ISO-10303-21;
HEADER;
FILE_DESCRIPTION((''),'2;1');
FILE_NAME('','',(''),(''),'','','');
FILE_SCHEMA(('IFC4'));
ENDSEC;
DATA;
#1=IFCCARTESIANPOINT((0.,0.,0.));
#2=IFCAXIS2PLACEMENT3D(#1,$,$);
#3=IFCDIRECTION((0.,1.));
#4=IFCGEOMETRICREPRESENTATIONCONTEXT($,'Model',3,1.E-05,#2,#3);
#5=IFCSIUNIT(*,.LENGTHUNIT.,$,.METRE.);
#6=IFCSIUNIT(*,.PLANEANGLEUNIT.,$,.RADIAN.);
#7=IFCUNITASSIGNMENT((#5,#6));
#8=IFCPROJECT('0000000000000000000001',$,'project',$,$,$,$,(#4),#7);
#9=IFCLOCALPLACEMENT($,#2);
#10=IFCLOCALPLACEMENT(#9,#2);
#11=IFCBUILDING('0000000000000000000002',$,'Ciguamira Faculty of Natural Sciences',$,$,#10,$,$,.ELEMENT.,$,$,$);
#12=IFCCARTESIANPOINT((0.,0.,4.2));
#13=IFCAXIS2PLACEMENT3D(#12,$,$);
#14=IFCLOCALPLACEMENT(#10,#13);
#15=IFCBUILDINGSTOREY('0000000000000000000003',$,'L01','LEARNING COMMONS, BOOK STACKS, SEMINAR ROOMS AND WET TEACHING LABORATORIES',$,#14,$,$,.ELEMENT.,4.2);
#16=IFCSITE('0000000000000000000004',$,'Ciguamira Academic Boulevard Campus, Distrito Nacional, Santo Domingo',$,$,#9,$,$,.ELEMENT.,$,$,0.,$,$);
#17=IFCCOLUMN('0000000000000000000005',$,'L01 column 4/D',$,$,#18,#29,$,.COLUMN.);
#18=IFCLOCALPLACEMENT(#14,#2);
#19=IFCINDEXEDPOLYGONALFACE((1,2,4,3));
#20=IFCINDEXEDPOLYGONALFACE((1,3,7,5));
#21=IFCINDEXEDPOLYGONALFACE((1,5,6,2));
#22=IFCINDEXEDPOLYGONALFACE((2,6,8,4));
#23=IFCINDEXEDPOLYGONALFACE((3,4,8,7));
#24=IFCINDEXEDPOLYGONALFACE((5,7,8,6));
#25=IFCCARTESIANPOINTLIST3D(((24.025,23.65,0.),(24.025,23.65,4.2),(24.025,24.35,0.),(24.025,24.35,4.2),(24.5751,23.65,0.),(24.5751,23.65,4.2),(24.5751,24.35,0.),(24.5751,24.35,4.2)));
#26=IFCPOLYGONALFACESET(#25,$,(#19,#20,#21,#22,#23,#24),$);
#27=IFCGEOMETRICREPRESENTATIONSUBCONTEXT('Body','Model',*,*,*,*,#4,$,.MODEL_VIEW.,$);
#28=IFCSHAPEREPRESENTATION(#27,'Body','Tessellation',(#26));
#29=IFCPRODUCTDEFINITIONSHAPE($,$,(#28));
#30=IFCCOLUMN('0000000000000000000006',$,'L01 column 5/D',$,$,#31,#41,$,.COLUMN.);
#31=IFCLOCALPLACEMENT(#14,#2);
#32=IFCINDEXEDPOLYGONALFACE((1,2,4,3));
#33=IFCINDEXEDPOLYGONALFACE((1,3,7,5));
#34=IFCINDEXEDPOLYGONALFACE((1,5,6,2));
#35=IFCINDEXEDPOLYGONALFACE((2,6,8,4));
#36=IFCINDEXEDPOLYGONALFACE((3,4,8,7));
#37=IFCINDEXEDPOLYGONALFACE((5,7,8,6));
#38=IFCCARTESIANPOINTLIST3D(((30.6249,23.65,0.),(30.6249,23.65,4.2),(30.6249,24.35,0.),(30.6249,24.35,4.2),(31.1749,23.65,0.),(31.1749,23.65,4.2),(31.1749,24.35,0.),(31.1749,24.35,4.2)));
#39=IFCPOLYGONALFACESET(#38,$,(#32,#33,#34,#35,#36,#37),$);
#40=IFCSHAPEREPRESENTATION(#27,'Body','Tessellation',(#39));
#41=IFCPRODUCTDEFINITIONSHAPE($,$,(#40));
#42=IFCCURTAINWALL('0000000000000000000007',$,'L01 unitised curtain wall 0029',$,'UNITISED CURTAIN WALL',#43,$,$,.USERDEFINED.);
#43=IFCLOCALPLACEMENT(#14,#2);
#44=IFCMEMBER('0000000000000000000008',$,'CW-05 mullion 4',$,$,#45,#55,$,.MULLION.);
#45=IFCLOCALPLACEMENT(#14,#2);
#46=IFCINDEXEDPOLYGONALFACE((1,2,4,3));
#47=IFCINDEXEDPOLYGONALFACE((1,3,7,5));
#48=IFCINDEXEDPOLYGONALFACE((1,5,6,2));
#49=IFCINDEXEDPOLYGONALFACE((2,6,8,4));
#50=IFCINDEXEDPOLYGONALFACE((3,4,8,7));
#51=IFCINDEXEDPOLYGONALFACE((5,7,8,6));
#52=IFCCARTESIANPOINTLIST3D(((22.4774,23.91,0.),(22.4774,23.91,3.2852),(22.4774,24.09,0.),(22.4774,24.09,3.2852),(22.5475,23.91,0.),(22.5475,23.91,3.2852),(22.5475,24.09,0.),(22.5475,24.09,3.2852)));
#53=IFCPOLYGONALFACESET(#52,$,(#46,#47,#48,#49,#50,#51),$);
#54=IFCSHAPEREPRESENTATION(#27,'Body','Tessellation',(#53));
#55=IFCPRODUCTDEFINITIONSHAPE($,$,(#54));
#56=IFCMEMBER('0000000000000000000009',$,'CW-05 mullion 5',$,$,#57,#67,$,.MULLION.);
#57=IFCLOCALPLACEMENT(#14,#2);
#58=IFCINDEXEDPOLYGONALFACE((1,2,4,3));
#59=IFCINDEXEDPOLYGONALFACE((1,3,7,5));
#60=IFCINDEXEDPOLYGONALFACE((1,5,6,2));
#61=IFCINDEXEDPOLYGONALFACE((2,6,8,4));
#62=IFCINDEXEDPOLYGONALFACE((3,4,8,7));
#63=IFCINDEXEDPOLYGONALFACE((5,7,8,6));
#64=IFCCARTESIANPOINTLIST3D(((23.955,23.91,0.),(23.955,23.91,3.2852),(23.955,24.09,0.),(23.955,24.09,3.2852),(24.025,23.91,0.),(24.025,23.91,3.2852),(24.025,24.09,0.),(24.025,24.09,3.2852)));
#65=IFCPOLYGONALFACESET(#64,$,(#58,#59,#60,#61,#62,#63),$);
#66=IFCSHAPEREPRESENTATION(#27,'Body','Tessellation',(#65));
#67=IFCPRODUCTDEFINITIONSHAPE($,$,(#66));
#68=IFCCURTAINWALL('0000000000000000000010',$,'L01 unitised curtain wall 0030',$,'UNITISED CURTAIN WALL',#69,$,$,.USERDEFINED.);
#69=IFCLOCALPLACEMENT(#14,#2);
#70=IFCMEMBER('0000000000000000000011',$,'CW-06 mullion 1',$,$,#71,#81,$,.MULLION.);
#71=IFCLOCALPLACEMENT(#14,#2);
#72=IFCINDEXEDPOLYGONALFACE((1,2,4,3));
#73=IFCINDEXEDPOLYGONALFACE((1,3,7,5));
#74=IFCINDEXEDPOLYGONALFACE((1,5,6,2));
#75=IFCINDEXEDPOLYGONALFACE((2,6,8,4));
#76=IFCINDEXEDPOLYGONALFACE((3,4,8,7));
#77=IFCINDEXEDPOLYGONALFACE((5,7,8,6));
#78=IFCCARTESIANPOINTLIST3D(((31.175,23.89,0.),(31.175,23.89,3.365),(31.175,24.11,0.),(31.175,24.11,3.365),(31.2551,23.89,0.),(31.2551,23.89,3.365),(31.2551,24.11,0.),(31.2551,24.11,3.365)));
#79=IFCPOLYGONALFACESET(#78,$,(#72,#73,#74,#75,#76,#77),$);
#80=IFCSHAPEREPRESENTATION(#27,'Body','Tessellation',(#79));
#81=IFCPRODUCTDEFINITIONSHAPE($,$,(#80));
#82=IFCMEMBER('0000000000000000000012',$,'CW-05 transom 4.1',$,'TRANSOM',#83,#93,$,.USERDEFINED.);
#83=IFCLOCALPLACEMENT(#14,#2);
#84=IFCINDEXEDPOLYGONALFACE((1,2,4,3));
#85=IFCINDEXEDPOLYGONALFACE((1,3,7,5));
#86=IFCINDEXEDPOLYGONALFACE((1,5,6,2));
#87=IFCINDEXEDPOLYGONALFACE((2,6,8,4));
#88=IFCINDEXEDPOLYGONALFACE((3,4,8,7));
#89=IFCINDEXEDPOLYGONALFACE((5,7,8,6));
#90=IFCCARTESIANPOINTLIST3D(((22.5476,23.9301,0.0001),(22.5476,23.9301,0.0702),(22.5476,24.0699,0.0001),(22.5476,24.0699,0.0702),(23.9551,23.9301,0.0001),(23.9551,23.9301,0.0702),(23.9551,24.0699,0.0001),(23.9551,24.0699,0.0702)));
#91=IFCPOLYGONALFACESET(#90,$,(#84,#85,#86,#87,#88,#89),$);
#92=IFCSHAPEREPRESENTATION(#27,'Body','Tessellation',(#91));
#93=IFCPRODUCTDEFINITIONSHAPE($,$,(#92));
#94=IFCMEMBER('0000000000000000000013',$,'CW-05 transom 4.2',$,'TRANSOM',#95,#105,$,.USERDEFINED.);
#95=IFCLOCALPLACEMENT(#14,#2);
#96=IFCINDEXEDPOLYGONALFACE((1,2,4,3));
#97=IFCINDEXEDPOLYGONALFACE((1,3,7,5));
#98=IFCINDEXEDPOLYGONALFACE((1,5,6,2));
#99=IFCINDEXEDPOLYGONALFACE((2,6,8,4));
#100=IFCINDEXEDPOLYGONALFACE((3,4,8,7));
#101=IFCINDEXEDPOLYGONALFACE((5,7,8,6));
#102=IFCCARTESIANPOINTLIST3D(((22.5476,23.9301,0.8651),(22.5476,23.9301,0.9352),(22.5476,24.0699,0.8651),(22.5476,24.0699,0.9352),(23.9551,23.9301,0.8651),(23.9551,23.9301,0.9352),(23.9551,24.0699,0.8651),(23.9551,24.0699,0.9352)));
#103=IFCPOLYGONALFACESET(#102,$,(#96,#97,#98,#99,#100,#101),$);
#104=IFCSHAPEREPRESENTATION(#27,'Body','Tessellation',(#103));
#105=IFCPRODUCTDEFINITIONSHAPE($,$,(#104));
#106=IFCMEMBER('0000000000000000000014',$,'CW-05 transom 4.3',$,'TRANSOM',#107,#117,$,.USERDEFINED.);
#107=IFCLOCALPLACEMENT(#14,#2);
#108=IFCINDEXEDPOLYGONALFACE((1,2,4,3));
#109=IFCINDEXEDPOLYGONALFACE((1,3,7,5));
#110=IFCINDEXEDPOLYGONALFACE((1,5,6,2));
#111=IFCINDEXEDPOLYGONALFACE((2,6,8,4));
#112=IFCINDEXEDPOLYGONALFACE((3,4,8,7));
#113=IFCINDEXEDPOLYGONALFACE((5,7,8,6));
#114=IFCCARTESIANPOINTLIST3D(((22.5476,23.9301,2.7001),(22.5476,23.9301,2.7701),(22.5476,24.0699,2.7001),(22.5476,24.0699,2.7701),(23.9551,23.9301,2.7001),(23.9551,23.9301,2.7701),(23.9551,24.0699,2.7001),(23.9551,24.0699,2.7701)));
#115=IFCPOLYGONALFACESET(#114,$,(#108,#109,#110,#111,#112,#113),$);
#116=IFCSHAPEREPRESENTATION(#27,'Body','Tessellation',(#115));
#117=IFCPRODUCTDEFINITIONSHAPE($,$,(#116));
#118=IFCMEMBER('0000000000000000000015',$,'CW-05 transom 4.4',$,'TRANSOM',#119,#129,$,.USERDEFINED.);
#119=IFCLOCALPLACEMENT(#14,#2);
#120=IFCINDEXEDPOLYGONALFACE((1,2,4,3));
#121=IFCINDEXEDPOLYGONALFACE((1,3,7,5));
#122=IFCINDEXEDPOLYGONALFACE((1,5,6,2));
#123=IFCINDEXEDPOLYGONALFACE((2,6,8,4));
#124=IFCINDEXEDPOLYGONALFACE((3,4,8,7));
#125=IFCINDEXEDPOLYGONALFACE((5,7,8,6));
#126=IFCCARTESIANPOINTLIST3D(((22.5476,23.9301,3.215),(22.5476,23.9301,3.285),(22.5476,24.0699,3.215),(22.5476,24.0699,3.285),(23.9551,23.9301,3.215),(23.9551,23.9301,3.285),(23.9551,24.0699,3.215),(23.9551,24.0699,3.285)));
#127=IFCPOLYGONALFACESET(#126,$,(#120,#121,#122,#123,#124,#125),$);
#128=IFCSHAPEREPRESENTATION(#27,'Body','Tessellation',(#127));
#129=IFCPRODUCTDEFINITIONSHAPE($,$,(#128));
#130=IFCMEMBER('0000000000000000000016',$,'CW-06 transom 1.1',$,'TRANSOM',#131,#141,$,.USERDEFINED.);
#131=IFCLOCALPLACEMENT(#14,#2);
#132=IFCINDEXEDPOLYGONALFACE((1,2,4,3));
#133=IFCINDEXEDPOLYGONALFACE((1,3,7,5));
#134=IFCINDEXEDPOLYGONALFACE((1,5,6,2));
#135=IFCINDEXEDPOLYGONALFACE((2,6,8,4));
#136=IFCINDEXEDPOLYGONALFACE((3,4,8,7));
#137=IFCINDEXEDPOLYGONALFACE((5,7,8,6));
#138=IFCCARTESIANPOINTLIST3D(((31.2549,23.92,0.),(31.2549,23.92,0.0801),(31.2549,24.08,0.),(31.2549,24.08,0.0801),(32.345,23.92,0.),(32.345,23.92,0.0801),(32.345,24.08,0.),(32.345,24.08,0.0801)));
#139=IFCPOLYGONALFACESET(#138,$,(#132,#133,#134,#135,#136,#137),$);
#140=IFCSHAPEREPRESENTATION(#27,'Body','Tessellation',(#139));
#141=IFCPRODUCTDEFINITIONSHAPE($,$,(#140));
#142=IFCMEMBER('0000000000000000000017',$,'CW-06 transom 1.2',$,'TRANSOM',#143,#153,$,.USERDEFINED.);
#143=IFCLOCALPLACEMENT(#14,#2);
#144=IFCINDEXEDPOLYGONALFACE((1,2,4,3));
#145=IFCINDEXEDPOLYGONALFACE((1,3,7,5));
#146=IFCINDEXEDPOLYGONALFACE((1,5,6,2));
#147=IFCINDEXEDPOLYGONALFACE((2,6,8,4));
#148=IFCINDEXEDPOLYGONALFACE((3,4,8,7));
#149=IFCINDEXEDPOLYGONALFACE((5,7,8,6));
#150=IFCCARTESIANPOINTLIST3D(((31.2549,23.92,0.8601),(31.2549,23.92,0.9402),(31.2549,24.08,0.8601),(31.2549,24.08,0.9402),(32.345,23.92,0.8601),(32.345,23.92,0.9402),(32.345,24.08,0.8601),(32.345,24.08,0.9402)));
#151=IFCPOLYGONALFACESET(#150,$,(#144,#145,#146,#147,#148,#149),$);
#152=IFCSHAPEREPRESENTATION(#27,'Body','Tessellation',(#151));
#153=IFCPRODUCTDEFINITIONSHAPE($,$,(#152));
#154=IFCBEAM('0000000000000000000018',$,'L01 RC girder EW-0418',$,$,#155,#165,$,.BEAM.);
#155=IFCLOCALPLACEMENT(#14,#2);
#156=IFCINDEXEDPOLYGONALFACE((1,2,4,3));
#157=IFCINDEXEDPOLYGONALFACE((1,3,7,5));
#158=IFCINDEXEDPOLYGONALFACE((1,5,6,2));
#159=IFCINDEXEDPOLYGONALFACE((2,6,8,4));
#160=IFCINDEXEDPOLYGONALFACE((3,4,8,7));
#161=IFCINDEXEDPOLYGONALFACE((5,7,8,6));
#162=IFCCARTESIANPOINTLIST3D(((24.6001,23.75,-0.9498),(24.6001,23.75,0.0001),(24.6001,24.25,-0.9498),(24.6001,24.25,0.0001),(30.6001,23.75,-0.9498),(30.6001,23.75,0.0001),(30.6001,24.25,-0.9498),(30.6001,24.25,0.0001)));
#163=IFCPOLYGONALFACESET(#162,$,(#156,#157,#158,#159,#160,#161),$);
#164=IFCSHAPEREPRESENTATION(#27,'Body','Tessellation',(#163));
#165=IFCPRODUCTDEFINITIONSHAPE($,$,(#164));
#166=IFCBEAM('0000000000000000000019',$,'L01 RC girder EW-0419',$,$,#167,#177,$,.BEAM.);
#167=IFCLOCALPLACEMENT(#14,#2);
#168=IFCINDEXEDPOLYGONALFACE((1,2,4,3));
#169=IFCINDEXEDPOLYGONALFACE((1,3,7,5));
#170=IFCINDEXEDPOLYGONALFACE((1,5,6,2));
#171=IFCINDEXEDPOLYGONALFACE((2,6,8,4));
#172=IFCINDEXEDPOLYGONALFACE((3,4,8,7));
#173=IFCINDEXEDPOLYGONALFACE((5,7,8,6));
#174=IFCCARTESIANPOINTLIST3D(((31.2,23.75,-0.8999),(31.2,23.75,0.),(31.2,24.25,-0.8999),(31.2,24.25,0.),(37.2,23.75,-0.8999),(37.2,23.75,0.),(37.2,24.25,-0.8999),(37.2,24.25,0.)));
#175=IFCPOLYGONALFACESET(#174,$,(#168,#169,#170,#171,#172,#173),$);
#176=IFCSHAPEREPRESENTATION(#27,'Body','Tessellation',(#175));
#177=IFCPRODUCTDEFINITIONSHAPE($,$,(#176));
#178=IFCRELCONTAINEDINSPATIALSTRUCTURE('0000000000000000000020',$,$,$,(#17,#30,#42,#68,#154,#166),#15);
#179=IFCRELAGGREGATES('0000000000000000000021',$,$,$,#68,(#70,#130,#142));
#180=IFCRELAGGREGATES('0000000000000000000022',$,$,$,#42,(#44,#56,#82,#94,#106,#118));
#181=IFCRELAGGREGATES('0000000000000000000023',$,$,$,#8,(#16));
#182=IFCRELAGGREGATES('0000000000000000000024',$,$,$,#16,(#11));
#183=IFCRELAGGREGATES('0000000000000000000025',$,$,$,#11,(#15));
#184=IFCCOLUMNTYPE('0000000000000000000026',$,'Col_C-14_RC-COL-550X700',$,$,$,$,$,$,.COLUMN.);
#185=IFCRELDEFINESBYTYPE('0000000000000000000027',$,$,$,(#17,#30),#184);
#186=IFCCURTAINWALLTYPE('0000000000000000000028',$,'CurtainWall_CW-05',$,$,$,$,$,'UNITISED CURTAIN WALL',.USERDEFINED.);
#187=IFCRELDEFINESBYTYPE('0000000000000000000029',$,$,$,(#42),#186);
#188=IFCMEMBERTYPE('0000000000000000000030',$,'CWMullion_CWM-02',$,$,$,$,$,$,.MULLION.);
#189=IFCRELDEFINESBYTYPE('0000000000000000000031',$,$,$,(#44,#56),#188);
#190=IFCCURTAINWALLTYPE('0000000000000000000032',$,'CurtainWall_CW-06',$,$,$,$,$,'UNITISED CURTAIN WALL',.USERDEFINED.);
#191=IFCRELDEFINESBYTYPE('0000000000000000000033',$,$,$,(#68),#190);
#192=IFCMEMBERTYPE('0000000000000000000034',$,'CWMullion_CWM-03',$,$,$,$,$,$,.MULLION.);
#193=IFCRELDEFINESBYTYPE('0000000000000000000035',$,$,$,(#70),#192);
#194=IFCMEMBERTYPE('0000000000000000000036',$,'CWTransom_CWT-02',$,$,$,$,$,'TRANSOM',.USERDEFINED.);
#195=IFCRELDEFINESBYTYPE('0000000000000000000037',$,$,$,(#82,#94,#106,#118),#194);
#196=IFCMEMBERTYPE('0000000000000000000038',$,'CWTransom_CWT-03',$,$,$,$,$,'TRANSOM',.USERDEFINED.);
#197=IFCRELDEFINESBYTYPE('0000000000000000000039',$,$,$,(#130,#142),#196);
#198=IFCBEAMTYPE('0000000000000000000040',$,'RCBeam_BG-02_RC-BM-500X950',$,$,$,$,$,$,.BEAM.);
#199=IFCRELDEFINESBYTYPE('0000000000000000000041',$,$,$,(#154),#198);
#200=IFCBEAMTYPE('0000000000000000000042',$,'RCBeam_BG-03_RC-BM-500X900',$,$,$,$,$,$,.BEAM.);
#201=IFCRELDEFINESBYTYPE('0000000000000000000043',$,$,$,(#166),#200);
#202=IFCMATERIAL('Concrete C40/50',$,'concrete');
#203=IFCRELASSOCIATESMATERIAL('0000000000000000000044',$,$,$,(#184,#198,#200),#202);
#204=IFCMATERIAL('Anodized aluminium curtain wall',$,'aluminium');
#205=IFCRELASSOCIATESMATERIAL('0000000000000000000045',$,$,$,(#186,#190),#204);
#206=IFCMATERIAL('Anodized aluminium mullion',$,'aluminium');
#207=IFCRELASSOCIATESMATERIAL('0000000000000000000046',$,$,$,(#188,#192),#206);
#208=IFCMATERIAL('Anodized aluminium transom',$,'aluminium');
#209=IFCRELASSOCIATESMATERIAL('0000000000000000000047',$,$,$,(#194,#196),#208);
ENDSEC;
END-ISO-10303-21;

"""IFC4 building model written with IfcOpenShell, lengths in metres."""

from ifc_helpers import new_model, si_unit, direction, frame, origin, origin_2d, place, context, subcontext, project, spatial, rectangle, extrude, material, material_profile, profile_set, type_object, element, aggregate, save


model = new_model("IFC4")

# Units and contexts
model_context = context("Model", 3, precision=1e-05, world=origin(), true_north=direction((0.0, 1.0)))
body_context = subcontext(model_context, "Body", "Model", "MODEL_VIEW")
ifc_project = project(units=[si_unit("LENGTHUNIT", "METRE"), si_unit("PLANEANGLEUNIT", "RADIAN")], contexts=[model_context])

# Site, building, storey
site_placement = place(None, origin())
site = spatial("IfcSite", under=ifc_project, at=site_placement, Name="Ciguamira Academic Boulevard Campus, Distrito Nacional, Santo Domingo", CompositionType="ELEMENT", RefElevation=0.0)
building_placement = place(site_placement, origin())
building = spatial("IfcBuilding", under=site, at=building_placement, Name="Ciguamira Faculty of Natural Sciences", CompositionType="ELEMENT")
storey_placement = place(building_placement, frame((0.0, 0.0, 4.2)))
storey = spatial("IfcBuildingStorey", under=building, at=storey_placement, Name="L01", Description="LEARNING COMMONS, BOOK STACKS, SEMINAR ROOMS AND WET TEACHING LABORATORIES", CompositionType="ELEMENT", Elevation=4.2)

# Columns
ifc_material_1 = material(Name="Concrete C40/50", Category="concrete")
ifc_material_profile_1 = material_profile(ifc_material_1, rectangle(XDim=0.55, YDim=0.7, at=origin_2d()), Name="RC-COL-550X700")
ifc_profile_set_1 = profile_set([ifc_material_profile_1], Name="Concrete C40/50")
column_type = type_object("IfcColumnType", Name="Col_C-14_RC-COL-550X700", PredefinedType="COLUMN", material=ifc_profile_set_1)
for number, where, z_axis, x_axis, name in (
    (1, (24.3, 24.0, 0.0), (0.0, 0.0, 1.0), (1.0, 0.0, 0.0), "L01 column 4/D"),
    (2, (30.8999, 24.0, 0.0), (0.0, 0.0, 1.0), (1.0, 0.0, 0.0), "L01 column 5/D"),
):
    element("IfcColumn", number, at=place(storey_placement, frame(where, z_axis=z_axis, x_axis=x_axis)), inside=storey, type_object=column_type, Name=name, PredefinedType="COLUMN", context=body_context, shape_type="SweptSolid", body=[
        extrude(rectangle(XDim=0.55, YDim=0.7, at=origin_2d()), origin(), (0.0, 0.0, 1.0), 4.2),
    ])

# Curtain wall, members
ifc_material_2 = material(Name="Anodized aluminium curtain wall", Category="aluminium")
curtain_wall_type_1 = type_object("IfcCurtainWallType", Name="CurtainWall_CW-05", ElementType="UNITISED CURTAIN WALL", PredefinedType="USERDEFINED", material=ifc_material_2)
curtain_wall_1_placement = place(storey_placement, origin())
curtain_wall_1 = element("IfcCurtainWall", 3, at=curtain_wall_1_placement, inside=storey, type_object=curtain_wall_type_1, Name="L01 unitised curtain wall 0029", ObjectType="UNITISED CURTAIN WALL", PredefinedType="USERDEFINED")
ifc_material_3 = material(Name="Anodized aluminium mullion", Category="aluminium")
ifc_material_profile_2 = material_profile(ifc_material_3, rectangle(XDim=0.0701, YDim=0.1799, at=origin_2d()), Name="ALU-MUL-70X180")
ifc_profile_set_2 = profile_set([ifc_material_profile_2], Name="Anodized aluminium mullion")
member_type_1 = type_object("IfcMemberType", Name="CWMullion_CWM-02", PredefinedType="MULLION", material=ifc_profile_set_2)
member_1_placement = place(storey_placement, frame((22.5125, 24.0, 0.0), z_axis=(0.0, 0.0, 1.0), x_axis=(1.0, 0.0, 0.0)))
member_1 = element("IfcMember", 4, at=member_1_placement, type_object=member_type_1, Name="CW-05 mullion 4", PredefinedType="MULLION", context=body_context, shape_type="SweptSolid", body=[
    extrude(rectangle(XDim=0.0701, YDim=0.1799, at=origin_2d()), origin(), (0.0, 0.0, 1.0), 3.2852),
])
member_2_placement = place(storey_placement, frame((23.99, 24.0, 0.0), z_axis=(0.0, 0.0, 1.0), x_axis=(1.0, 0.0, 0.0)))
member_2 = element("IfcMember", 5, at=member_2_placement, type_object=member_type_1, Name="CW-05 mullion 5", PredefinedType="MULLION", context=body_context, shape_type="SweptSolid", body=[
    extrude(rectangle(XDim=0.0701, YDim=0.1799, at=origin_2d()), origin(), (0.0, 0.0, 1.0), 3.2852),
])

# Curtain wall, member
curtain_wall_type_2 = type_object("IfcCurtainWallType", Name="CurtainWall_CW-06", ElementType="UNITISED CURTAIN WALL", PredefinedType="USERDEFINED", material=ifc_material_2)
curtain_wall_2_placement = place(storey_placement, origin())
curtain_wall_2 = element("IfcCurtainWall", 6, at=curtain_wall_2_placement, inside=storey, type_object=curtain_wall_type_2, Name="L01 unitised curtain wall 0030", ObjectType="UNITISED CURTAIN WALL", PredefinedType="USERDEFINED")
ifc_material_profile_3 = material_profile(ifc_material_3, rectangle(XDim=0.0801, YDim=0.22, at=origin_2d()), Name="ALU-MUL-80X220")
ifc_profile_set_3 = profile_set([ifc_material_profile_3], Name="Anodized aluminium mullion")
member_type_2 = type_object("IfcMemberType", Name="CWMullion_CWM-03", PredefinedType="MULLION", material=ifc_profile_set_3)
member_3_placement = place(storey_placement, frame((31.2151, 24.0, 0.0), z_axis=(0.0, 0.0, 1.0), x_axis=(1.0, 0.0, 0.0)))
member_3 = element("IfcMember", 7, at=member_3_placement, type_object=member_type_2, Name="CW-06 mullion 1", PredefinedType="MULLION", context=body_context, shape_type="SweptSolid", body=[
    extrude(rectangle(XDim=0.0801, YDim=0.22, at=origin_2d()), origin(), (0.0, 0.0, 1.0), 3.365),
])

# Members
ifc_material_4 = material(Name="Anodized aluminium transom", Category="aluminium")
ifc_material_profile_4 = material_profile(ifc_material_4, rectangle(XDim=0.0701, YDim=0.1399, at=origin_2d()), Name="ALU-TRN-70X140")
ifc_profile_set_4 = profile_set([ifc_material_profile_4], Name="Anodized aluminium transom")
member_type_3 = type_object("IfcMemberType", Name="CWTransom_CWT-02", ElementType="TRANSOM", PredefinedType="USERDEFINED", material=ifc_profile_set_4)
member_4_placement = place(storey_placement, frame((22.5476, 24.0, 0.0352), z_axis=(1.0, 0.0, 0.0), x_axis=(0.0, 0.0, 1.0)))
member_4 = element("IfcMember", 8, at=member_4_placement, type_object=member_type_3, Name="CW-05 transom 4.1", ObjectType="TRANSOM", PredefinedType="USERDEFINED", context=body_context, shape_type="SweptSolid", body=[
    extrude(rectangle(XDim=0.0701, YDim=0.1399, at=origin_2d()), origin(), (0.0, 0.0, 1.0), 1.4075),
])
member_5_placement = place(storey_placement, frame((22.5476, 24.0, 0.9001), z_axis=(1.0, 0.0, 0.0), x_axis=(0.0, 0.0, 1.0)))
member_5 = element("IfcMember", 9, at=member_5_placement, type_object=member_type_3, Name="CW-05 transom 4.2", ObjectType="TRANSOM", PredefinedType="USERDEFINED", context=body_context, shape_type="SweptSolid", body=[
    extrude(rectangle(XDim=0.0701, YDim=0.1399, at=origin_2d()), origin(), (0.0, 0.0, 1.0), 1.4075),
])
member_6_placement = place(storey_placement, frame((22.5476, 24.0, 2.7351), z_axis=(1.0, 0.0, 0.0), x_axis=(0.0, 0.0, 1.0)))
member_6 = element("IfcMember", 10, at=member_6_placement, type_object=member_type_3, Name="CW-05 transom 4.3", ObjectType="TRANSOM", PredefinedType="USERDEFINED", context=body_context, shape_type="SweptSolid", body=[
    extrude(rectangle(XDim=0.0701, YDim=0.1399, at=origin_2d()), origin(), (0.0, 0.0, 1.0), 1.4075),
])
member_7_placement = place(storey_placement, frame((22.5476, 24.0, 3.25), z_axis=(1.0, 0.0, 0.0), x_axis=(0.0, 0.0, 1.0)))
member_7 = element("IfcMember", 11, at=member_7_placement, type_object=member_type_3, Name="CW-05 transom 4.4", ObjectType="TRANSOM", PredefinedType="USERDEFINED", context=body_context, shape_type="SweptSolid", body=[
    extrude(rectangle(XDim=0.0701, YDim=0.1399, at=origin_2d()), origin(), (0.0, 0.0, 1.0), 1.4075),
])
ifc_material_profile_5 = material_profile(ifc_material_4, rectangle(XDim=0.0801, YDim=0.1599, at=origin_2d()), Name="ALU-TRN-80X160")
ifc_profile_set_5 = profile_set([ifc_material_profile_5], Name="Anodized aluminium transom")
member_type_4 = type_object("IfcMemberType", Name="CWTransom_CWT-03", ElementType="TRANSOM", PredefinedType="USERDEFINED", material=ifc_profile_set_5)
member_8_placement = place(storey_placement, frame((31.2549, 24.0, 0.04), z_axis=(1.0, 0.0, 0.0), x_axis=(0.0, 0.0, 1.0)))
member_8 = element("IfcMember", 12, at=member_8_placement, type_object=member_type_4, Name="CW-06 transom 1.1", ObjectType="TRANSOM", PredefinedType="USERDEFINED", context=body_context, shape_type="SweptSolid", body=[
    extrude(rectangle(XDim=0.0801, YDim=0.1599, at=origin_2d()), origin(), (0.0, 0.0, 1.0), 1.0901),
])
member_9_placement = place(storey_placement, frame((31.2549, 24.0, 0.9001), z_axis=(1.0, 0.0, 0.0), x_axis=(0.0, 0.0, 1.0)))
member_9 = element("IfcMember", 13, at=member_9_placement, type_object=member_type_4, Name="CW-06 transom 1.2", ObjectType="TRANSOM", PredefinedType="USERDEFINED", context=body_context, shape_type="SweptSolid", body=[
    extrude(rectangle(XDim=0.0801, YDim=0.1599, at=origin_2d()), origin(), (0.0, 0.0, 1.0), 1.0901),
])
aggregate(curtain_wall_2, [member_3, member_8, member_9])

# Beams
ifc_material_profile_6 = material_profile(ifc_material_1, rectangle(XDim=0.5, YDim=0.95, at=origin_2d()), Name="RC-BM-500X950")
ifc_profile_set_6 = profile_set([ifc_material_profile_6], Name="Concrete C40/50")
beam_type_1 = type_object("IfcBeamType", Name="RCBeam_BG-02_RC-BM-500X950", PredefinedType="BEAM", material=ifc_profile_set_6)
beam_1_placement = place(storey_placement, frame((24.6001, 24.0, -0.4749), z_axis=(1.0, 0.0, 0.0), x_axis=(0.0, 1.0, 0.0)))
element("IfcBeam", 14, at=beam_1_placement, inside=storey, type_object=beam_type_1, Name="L01 RC girder EW-0418", PredefinedType="BEAM", context=body_context, shape_type="SweptSolid", body=[
    extrude(rectangle(XDim=0.5, YDim=0.95, at=origin_2d()), origin(), (0.0, 0.0, 1.0), 6.0),
])
ifc_material_profile_7 = material_profile(ifc_material_1, rectangle(XDim=0.5, YDim=0.8999, at=origin_2d()), Name="RC-BM-500X900")
ifc_profile_set_7 = profile_set([ifc_material_profile_7], Name="Concrete C40/50")
beam_type_2 = type_object("IfcBeamType", Name="RCBeam_BG-03_RC-BM-500X900", PredefinedType="BEAM", material=ifc_profile_set_7)
beam_2_placement = place(storey_placement, frame((31.2, 24.0, -0.45), z_axis=(1.0, 0.0, 0.0), x_axis=(0.0, 1.0, 0.0)))
element("IfcBeam", 15, at=beam_2_placement, inside=storey, type_object=beam_type_2, Name="L01 RC girder EW-0419", PredefinedType="BEAM", context=body_context, shape_type="SweptSolid", body=[
    extrude(rectangle(XDim=0.5, YDim=0.8999, at=origin_2d()), origin(), (0.0, 0.0, 1.0), 6.0),
])

aggregate(curtain_wall_1, [member_1, member_2, member_4, member_5, member_6, member_7])

save(model, "model.ifc")
